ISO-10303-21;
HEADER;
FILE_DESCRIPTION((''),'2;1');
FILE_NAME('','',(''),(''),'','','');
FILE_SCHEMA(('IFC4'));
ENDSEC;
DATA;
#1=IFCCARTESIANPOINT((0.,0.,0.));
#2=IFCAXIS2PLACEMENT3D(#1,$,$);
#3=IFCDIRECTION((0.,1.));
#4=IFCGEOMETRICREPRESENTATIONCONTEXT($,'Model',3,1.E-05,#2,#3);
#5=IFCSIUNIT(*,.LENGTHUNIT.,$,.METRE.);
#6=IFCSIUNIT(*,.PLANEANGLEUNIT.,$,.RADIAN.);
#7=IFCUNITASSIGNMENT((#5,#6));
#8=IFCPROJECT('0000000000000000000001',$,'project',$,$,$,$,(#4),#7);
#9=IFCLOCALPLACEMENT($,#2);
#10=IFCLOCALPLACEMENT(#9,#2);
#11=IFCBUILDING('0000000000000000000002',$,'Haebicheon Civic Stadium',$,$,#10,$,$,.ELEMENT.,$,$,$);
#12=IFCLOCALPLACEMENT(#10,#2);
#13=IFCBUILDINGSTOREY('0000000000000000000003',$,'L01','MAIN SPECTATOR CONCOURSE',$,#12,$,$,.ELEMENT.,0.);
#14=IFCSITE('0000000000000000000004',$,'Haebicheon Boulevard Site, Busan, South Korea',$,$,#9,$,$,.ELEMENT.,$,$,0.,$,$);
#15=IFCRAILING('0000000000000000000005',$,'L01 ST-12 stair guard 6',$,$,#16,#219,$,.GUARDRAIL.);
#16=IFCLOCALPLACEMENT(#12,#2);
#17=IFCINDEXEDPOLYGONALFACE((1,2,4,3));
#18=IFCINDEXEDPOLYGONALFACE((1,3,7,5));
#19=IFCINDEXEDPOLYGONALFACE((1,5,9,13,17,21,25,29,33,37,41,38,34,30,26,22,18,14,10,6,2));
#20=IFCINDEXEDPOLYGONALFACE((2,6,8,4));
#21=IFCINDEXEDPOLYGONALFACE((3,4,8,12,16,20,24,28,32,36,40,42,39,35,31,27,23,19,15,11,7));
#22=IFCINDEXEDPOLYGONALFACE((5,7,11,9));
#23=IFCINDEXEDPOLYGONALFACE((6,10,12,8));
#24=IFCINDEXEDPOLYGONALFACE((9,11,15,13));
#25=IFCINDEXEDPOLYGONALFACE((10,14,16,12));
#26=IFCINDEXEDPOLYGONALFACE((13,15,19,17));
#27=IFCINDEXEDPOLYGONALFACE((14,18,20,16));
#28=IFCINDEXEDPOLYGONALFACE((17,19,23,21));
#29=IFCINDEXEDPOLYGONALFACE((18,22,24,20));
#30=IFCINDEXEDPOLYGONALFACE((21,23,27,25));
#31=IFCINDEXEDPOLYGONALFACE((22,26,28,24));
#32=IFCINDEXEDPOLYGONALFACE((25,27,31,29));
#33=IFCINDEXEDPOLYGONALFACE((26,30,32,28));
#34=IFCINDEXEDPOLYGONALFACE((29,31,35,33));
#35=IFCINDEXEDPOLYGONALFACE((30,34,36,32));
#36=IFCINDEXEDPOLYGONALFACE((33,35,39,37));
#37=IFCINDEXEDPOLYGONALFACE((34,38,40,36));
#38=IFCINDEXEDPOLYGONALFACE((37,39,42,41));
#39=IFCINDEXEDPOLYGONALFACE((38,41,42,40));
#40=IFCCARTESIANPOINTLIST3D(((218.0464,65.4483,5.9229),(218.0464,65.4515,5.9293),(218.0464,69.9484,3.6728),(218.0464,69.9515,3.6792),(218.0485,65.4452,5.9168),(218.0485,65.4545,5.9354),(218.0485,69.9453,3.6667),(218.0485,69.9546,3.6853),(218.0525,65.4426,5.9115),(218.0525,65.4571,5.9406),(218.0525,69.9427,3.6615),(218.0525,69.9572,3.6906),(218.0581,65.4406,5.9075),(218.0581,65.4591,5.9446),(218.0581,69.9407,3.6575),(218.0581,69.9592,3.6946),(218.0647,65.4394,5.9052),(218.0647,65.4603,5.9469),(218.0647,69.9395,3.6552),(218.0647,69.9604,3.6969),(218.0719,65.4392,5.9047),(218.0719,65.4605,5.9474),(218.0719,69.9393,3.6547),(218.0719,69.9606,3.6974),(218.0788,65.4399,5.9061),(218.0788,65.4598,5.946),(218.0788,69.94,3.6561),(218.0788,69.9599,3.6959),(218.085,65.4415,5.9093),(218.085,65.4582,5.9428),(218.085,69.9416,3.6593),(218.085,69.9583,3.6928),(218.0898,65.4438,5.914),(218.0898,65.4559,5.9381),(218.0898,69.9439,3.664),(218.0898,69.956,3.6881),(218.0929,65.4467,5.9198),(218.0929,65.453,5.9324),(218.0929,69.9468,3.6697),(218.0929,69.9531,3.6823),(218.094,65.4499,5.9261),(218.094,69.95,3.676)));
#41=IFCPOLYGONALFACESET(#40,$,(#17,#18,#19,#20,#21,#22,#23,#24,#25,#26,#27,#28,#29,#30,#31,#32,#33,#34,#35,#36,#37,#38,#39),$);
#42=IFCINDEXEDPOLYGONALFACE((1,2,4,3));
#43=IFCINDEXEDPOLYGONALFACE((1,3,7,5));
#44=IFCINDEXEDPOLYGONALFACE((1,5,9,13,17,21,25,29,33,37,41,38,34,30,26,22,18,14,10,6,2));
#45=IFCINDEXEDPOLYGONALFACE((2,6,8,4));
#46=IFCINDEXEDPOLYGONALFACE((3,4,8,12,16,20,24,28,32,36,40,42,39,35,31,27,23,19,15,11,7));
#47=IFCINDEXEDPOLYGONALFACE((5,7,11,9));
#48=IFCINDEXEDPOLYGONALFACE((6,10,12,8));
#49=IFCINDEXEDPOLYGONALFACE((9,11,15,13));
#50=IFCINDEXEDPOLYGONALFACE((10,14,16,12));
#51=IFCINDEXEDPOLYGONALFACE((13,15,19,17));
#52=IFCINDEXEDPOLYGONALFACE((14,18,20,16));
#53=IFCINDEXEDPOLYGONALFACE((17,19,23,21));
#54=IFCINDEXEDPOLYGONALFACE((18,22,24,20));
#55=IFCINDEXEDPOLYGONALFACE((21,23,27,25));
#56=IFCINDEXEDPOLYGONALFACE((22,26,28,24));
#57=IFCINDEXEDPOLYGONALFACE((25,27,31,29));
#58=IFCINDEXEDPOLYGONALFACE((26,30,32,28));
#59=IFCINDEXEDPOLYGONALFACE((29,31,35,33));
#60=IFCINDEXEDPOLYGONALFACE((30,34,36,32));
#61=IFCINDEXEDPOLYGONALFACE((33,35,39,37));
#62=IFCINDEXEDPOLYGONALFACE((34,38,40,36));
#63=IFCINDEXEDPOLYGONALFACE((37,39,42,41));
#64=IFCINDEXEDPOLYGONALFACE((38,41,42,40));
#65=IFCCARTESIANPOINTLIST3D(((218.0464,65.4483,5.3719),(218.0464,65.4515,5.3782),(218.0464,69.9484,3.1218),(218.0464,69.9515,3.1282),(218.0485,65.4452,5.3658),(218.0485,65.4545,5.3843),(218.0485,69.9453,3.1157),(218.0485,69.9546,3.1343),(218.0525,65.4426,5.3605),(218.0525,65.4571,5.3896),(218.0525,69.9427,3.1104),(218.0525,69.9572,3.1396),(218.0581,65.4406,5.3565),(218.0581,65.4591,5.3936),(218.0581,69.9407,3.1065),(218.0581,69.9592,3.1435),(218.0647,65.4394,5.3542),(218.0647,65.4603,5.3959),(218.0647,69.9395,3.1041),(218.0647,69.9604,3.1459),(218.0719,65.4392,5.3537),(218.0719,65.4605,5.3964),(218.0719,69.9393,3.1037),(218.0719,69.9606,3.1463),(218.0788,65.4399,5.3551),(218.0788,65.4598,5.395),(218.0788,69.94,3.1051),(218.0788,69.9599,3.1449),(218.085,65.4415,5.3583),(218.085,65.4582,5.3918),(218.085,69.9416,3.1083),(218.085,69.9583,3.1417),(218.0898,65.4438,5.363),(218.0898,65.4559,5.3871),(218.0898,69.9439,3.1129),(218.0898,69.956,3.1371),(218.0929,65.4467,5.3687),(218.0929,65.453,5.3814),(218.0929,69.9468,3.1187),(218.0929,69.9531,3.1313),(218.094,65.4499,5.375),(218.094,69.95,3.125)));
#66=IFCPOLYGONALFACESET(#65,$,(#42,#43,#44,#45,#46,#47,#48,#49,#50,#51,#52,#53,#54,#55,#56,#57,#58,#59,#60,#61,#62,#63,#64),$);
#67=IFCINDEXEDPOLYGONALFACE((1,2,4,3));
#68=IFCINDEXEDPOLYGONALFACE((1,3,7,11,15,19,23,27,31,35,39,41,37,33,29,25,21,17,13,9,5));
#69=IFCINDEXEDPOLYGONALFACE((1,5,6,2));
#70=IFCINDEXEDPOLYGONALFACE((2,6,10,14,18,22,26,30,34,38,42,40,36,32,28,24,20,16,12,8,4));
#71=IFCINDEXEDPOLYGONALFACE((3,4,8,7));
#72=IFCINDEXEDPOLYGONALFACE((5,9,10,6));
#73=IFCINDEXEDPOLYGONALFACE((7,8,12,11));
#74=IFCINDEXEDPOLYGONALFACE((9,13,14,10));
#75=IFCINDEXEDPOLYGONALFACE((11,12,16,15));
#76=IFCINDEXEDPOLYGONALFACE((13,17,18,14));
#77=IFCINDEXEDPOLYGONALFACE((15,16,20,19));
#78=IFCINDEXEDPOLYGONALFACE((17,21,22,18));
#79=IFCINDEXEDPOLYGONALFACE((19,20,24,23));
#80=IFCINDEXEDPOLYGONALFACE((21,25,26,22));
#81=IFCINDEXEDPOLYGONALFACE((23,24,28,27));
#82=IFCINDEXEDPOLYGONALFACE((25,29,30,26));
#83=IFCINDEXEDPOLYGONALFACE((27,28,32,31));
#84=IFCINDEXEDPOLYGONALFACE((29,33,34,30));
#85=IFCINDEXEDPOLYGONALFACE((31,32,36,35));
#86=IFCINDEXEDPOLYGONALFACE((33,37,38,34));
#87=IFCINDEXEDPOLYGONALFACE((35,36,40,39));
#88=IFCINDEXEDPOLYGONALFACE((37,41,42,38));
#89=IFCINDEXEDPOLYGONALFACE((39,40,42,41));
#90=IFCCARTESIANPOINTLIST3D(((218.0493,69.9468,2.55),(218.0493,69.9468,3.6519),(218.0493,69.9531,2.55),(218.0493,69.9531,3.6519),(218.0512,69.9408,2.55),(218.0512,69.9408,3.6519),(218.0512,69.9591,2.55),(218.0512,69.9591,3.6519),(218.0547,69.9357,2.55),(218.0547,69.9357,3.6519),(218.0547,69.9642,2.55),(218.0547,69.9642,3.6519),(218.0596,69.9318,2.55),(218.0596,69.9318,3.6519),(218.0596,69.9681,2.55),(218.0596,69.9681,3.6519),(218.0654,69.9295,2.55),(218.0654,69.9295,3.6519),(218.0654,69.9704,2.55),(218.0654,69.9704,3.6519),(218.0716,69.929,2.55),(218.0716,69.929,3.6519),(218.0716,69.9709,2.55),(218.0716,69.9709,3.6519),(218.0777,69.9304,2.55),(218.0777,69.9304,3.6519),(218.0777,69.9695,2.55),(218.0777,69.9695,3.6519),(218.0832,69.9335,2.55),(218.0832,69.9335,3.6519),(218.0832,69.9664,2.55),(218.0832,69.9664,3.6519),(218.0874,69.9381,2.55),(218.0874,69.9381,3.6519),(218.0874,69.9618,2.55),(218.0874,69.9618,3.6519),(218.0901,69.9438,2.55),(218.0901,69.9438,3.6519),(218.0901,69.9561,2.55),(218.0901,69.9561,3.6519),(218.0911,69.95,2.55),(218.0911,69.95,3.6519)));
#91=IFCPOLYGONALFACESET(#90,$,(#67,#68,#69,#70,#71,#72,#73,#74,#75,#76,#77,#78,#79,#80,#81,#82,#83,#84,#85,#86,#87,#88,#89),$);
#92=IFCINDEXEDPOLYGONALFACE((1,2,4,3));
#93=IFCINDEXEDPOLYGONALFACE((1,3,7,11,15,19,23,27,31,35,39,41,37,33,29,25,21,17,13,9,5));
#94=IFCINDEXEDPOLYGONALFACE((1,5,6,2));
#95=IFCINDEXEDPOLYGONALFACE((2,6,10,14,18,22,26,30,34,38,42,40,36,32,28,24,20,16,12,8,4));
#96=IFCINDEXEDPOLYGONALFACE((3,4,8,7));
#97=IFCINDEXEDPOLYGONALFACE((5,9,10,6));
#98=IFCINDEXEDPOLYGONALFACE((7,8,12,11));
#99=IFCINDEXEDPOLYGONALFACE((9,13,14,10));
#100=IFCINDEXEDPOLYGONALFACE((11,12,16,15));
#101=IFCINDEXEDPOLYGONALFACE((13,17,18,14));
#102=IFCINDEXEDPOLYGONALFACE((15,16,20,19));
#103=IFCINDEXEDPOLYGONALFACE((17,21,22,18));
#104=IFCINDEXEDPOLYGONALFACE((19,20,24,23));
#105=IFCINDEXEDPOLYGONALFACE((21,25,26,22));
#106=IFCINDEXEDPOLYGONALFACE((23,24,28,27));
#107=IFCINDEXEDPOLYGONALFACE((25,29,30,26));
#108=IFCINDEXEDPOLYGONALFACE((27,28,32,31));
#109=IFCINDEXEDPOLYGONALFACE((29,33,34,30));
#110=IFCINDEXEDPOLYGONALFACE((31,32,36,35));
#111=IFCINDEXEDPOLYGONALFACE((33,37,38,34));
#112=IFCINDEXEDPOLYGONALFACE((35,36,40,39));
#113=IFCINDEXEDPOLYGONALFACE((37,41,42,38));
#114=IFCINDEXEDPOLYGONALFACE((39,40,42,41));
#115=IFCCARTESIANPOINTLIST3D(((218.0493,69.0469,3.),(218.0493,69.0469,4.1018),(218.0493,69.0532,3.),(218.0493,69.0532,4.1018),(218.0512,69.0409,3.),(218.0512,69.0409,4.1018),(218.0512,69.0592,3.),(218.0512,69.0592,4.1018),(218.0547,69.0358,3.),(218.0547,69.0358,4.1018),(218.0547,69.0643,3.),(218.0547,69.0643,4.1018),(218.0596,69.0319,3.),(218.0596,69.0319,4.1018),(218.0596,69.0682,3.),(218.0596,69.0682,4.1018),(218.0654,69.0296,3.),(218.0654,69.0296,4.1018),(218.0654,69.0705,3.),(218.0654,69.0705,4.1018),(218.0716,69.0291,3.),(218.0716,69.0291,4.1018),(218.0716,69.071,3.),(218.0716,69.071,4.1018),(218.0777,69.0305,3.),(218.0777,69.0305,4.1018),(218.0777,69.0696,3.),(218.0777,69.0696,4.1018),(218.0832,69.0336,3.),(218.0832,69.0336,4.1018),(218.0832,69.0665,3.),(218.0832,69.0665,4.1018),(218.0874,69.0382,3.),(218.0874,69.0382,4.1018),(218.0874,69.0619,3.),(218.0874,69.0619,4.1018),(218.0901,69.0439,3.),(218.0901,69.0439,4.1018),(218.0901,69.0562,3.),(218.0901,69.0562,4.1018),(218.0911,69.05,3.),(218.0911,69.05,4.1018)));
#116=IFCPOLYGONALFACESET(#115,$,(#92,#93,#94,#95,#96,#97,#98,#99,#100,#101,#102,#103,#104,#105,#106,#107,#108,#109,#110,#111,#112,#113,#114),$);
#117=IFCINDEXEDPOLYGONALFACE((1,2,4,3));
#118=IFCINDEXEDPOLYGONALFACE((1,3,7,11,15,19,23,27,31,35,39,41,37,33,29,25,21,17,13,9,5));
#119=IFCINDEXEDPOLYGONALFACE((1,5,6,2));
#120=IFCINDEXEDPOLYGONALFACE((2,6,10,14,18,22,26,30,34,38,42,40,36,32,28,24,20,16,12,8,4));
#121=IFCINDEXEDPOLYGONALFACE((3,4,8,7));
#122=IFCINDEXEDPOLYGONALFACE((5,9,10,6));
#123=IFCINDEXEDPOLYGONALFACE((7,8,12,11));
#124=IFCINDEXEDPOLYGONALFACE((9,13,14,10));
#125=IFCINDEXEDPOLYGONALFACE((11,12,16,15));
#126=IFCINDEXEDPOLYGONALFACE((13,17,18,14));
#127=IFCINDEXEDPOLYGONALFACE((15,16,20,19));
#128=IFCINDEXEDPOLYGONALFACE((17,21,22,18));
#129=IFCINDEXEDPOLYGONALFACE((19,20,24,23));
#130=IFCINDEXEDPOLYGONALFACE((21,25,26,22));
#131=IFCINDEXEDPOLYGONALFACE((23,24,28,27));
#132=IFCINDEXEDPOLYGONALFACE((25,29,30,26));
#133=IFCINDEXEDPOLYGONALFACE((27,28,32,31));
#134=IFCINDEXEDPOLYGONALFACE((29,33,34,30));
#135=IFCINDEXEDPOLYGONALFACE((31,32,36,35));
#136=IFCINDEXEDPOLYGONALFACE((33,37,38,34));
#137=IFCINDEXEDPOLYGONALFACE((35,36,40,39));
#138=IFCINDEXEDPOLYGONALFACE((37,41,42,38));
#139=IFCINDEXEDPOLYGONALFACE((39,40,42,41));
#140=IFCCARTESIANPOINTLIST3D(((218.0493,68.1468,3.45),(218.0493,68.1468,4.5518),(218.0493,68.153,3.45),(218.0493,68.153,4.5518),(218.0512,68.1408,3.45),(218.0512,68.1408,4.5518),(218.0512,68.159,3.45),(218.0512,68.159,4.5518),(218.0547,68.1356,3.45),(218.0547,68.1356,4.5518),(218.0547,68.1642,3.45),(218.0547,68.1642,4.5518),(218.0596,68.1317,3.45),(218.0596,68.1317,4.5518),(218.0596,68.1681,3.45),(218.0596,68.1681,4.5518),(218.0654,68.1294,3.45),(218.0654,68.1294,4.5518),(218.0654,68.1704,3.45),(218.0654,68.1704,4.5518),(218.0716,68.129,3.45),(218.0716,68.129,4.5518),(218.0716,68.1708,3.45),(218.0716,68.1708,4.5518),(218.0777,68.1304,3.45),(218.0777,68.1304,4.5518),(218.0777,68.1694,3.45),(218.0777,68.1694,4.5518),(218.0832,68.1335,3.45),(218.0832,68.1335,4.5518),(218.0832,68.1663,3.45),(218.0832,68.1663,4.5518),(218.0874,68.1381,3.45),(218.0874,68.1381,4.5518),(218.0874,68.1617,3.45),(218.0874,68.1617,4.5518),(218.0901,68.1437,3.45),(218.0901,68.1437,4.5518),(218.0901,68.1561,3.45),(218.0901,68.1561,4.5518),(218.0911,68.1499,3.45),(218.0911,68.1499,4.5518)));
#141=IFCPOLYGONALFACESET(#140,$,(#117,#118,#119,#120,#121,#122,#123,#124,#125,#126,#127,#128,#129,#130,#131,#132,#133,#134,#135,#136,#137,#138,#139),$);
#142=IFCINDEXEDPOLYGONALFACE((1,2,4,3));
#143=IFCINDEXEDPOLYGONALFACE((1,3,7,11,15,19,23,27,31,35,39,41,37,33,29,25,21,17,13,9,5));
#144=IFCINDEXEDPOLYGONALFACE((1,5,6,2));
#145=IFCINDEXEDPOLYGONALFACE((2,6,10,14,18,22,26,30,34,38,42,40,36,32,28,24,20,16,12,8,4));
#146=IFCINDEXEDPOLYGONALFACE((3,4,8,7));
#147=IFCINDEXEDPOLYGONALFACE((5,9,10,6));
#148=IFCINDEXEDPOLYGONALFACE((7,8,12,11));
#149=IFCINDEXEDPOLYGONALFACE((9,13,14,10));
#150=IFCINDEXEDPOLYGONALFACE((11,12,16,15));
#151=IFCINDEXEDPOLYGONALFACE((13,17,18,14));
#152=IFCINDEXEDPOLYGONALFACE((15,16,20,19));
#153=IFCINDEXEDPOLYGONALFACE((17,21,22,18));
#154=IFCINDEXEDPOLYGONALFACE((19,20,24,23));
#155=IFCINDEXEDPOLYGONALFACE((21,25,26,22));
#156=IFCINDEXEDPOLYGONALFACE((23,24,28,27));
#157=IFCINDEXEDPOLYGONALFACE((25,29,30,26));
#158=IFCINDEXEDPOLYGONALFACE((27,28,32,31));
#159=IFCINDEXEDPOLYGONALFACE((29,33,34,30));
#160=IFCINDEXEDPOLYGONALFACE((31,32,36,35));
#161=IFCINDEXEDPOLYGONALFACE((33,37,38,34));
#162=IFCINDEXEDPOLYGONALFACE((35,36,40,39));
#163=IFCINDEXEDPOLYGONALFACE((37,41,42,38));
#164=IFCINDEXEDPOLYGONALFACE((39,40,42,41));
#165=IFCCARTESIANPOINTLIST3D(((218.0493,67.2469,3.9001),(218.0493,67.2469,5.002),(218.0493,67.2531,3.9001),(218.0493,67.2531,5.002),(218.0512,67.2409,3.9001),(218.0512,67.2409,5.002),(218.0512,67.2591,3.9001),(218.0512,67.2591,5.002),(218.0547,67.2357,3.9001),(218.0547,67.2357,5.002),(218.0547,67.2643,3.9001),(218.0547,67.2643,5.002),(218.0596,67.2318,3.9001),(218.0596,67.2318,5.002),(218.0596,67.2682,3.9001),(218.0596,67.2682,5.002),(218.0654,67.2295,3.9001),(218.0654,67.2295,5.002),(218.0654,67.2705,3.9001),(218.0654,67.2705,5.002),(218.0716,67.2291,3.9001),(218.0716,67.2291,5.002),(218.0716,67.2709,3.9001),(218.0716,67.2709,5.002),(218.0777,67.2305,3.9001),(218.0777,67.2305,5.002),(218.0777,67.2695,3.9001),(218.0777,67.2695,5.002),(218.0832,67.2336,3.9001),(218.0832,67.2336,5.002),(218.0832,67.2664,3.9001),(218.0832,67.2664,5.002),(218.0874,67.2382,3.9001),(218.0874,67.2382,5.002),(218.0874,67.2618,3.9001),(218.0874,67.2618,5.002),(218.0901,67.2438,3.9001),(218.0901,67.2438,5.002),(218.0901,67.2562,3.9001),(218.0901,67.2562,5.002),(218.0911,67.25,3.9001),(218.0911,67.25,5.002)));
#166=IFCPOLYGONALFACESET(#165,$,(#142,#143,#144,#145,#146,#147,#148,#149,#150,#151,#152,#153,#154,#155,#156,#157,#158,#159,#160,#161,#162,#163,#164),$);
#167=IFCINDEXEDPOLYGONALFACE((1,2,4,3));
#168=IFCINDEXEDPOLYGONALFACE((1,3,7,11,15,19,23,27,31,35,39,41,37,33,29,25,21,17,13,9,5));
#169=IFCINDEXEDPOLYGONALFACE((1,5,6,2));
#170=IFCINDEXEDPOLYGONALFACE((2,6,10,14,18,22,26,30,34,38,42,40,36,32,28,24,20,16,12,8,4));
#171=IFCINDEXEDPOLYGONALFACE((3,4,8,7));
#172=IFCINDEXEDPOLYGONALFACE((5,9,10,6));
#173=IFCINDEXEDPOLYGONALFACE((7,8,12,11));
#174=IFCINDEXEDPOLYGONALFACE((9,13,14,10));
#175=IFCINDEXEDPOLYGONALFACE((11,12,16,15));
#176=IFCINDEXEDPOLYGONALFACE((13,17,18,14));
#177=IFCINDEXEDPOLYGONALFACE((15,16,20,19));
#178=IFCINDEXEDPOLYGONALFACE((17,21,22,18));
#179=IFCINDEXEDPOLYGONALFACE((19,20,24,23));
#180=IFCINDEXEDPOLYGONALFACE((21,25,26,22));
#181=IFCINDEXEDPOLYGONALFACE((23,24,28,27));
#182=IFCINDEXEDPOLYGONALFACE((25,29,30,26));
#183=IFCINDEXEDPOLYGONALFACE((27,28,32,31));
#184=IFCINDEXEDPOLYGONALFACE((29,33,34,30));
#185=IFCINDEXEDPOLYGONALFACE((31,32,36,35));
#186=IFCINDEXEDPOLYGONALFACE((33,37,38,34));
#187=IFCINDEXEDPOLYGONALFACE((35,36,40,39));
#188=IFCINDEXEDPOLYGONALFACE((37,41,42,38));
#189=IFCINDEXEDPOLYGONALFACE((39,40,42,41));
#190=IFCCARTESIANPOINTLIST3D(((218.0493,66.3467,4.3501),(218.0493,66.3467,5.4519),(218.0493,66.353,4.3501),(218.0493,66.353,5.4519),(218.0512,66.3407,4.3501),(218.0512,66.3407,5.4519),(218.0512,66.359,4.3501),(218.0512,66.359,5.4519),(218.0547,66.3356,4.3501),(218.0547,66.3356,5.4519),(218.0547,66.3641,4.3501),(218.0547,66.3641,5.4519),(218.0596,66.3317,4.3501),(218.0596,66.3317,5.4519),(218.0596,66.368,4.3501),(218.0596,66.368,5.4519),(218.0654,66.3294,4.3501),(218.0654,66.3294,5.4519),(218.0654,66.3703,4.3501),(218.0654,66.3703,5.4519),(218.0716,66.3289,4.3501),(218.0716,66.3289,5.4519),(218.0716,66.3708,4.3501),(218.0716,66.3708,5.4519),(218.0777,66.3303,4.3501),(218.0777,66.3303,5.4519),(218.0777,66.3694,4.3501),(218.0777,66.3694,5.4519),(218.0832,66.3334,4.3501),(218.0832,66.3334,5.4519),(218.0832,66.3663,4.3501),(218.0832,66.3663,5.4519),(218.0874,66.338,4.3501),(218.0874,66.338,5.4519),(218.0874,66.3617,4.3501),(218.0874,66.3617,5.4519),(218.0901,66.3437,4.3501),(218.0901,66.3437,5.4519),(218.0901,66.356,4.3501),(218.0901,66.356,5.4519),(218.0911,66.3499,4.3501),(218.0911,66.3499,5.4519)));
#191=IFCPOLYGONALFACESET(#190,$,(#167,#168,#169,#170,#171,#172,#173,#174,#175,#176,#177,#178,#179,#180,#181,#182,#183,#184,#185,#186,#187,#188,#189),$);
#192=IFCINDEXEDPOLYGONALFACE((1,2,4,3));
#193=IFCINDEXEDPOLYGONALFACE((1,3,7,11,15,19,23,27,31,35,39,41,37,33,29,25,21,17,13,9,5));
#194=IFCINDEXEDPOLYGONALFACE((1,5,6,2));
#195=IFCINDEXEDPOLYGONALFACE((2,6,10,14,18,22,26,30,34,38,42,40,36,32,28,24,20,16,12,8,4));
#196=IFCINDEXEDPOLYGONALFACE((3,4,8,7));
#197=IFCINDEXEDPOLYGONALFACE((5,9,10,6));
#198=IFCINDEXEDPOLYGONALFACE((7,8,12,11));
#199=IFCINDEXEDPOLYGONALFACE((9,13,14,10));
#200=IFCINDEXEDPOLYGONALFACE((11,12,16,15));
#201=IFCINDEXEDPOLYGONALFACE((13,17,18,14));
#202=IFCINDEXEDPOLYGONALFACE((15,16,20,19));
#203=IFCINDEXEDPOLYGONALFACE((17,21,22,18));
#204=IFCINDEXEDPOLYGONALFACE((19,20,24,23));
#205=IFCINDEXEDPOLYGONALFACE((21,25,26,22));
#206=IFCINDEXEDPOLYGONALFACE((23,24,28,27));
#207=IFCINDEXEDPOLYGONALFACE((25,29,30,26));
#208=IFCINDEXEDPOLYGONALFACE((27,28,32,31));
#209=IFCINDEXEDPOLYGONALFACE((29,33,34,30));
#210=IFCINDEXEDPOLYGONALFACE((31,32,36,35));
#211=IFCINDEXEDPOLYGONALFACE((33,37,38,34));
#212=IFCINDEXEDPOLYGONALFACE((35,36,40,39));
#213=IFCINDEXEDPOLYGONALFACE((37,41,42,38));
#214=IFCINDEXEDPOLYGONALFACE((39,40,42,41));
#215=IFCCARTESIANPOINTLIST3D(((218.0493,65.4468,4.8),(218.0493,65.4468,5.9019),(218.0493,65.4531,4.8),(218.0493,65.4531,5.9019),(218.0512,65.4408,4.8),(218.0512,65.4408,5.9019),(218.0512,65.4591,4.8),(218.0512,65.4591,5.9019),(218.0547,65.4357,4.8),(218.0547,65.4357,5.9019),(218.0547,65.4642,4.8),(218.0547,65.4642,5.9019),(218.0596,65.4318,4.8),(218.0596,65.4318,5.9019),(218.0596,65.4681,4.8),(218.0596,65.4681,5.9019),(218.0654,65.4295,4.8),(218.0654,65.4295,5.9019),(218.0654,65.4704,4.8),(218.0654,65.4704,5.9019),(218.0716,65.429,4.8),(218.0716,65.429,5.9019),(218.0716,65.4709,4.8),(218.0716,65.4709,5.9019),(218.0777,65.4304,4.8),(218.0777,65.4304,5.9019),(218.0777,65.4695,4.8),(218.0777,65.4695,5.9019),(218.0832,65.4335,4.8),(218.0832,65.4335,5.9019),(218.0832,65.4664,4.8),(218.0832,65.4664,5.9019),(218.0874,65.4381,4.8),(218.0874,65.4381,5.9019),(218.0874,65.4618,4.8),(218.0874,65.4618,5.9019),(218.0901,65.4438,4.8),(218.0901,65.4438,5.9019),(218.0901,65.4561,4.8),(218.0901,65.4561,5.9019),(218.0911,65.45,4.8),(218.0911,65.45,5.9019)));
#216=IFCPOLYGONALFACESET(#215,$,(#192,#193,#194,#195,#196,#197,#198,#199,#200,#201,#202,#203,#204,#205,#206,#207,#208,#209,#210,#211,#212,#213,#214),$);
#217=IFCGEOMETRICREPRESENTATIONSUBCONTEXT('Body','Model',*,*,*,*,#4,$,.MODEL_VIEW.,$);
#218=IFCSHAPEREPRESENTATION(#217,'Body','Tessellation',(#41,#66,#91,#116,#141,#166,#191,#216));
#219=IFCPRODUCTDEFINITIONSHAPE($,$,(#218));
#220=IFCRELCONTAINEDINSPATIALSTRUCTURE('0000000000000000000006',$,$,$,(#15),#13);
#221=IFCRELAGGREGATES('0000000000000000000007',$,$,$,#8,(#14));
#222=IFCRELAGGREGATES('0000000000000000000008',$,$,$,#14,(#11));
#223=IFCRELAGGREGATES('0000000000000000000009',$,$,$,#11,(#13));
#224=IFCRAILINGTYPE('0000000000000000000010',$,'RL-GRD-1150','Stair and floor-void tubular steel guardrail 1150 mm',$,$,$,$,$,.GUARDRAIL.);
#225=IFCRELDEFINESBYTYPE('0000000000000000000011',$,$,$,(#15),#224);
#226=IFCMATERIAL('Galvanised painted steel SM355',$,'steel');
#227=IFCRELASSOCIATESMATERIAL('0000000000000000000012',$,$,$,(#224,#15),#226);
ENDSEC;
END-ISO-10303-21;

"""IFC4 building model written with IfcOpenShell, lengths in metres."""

from ifc_helpers import new_model, si_unit, direction, frame, origin, origin_2d, place, context, subcontext, project, spatial, circle, extrude, material, type_object, element, save


model = new_model("IFC4")

# Units and contexts
model_context = context("Model", 3, precision=1e-05, world=origin(), true_north=direction((0.0, 1.0)))
body_context = subcontext(model_context, "Body", "Model", "MODEL_VIEW")
ifc_project = project(units=[si_unit("LENGTHUNIT", "METRE"), si_unit("PLANEANGLEUNIT", "RADIAN")], contexts=[model_context])

# Site, building, storey
site_placement = place(None, origin())
site = spatial("IfcSite", under=ifc_project, at=site_placement, Name="Haebicheon Boulevard Site, Busan, South Korea", CompositionType="ELEMENT", RefElevation=0.0)
building_placement = place(site_placement, origin())
building = spatial("IfcBuilding", under=site, at=building_placement, Name="Haebicheon Civic Stadium", CompositionType="ELEMENT")
storey_placement = place(building_placement, origin())
storey = spatial("IfcBuildingStorey", under=building, at=storey_placement, Name="L01", Description="MAIN SPECTATOR CONCOURSE", CompositionType="ELEMENT", Elevation=0.0)

# Railing
ifc_material_1 = material(Name="Galvanised painted steel SM355", Category="steel")
railing_type_1 = type_object("IfcRailingType", Name="RL-GRD-1150", Description="Stair and floor-void tubular steel guardrail 1150 mm", PredefinedType="GUARDRAIL", material=ifc_material_1)
railing_1_placement = place(storey_placement, frame((218.0701, 69.95, 2.55)))
element("IfcRailing", 1, at=railing_1_placement, inside=storey, type_object=railing_type_1, material=ifc_material_1, Name="L01 ST-12 stair guard 6", PredefinedType="GUARDRAIL", context=body_context, shape_type="SweptSolid", body=[
    extrude(circle(Radius=0.0239, at=origin_2d()), frame((0.0, 0.0, 1.126), z_axis=(0.0, -0.894427, 0.447214), x_axis=(1.0, 0.0, 0.0)), (0.0, 0.0, 1.0), 5.0312),
    extrude(circle(Radius=0.0239, at=origin_2d()), frame((0.0, 0.0, 0.575), z_axis=(0.0, -0.894427, 0.447214), x_axis=(1.0, 0.0, 0.0)), (0.0, 0.0, 1.0), 5.0312),
    extrude(circle(Radius=0.021, at=origin_2d()), origin(), (0.0, 0.0, 1.0), 1.1018),
    extrude(circle(Radius=0.021, at=origin_2d()), frame((0.0, -0.8999, 0.45)), (0.0, 0.0, 1.0), 1.1018),
    extrude(circle(Radius=0.021, at=origin_2d()), frame((0.0, -1.8, 0.8999)), (0.0, 0.0, 1.0), 1.1018),
    extrude(circle(Radius=0.021, at=origin_2d()), frame((0.0, -2.7, 1.3501)), (0.0, 0.0, 1.0), 1.1018),
    extrude(circle(Radius=0.021, at=origin_2d()), frame((0.0, -3.6001, 1.8)), (0.0, 0.0, 1.0), 1.1018),
    extrude(circle(Radius=0.021, at=origin_2d()), frame((0.0, -4.5, 2.25)), (0.0, 0.0, 1.0), 1.1018),
])

save(model, "model.ifc")
